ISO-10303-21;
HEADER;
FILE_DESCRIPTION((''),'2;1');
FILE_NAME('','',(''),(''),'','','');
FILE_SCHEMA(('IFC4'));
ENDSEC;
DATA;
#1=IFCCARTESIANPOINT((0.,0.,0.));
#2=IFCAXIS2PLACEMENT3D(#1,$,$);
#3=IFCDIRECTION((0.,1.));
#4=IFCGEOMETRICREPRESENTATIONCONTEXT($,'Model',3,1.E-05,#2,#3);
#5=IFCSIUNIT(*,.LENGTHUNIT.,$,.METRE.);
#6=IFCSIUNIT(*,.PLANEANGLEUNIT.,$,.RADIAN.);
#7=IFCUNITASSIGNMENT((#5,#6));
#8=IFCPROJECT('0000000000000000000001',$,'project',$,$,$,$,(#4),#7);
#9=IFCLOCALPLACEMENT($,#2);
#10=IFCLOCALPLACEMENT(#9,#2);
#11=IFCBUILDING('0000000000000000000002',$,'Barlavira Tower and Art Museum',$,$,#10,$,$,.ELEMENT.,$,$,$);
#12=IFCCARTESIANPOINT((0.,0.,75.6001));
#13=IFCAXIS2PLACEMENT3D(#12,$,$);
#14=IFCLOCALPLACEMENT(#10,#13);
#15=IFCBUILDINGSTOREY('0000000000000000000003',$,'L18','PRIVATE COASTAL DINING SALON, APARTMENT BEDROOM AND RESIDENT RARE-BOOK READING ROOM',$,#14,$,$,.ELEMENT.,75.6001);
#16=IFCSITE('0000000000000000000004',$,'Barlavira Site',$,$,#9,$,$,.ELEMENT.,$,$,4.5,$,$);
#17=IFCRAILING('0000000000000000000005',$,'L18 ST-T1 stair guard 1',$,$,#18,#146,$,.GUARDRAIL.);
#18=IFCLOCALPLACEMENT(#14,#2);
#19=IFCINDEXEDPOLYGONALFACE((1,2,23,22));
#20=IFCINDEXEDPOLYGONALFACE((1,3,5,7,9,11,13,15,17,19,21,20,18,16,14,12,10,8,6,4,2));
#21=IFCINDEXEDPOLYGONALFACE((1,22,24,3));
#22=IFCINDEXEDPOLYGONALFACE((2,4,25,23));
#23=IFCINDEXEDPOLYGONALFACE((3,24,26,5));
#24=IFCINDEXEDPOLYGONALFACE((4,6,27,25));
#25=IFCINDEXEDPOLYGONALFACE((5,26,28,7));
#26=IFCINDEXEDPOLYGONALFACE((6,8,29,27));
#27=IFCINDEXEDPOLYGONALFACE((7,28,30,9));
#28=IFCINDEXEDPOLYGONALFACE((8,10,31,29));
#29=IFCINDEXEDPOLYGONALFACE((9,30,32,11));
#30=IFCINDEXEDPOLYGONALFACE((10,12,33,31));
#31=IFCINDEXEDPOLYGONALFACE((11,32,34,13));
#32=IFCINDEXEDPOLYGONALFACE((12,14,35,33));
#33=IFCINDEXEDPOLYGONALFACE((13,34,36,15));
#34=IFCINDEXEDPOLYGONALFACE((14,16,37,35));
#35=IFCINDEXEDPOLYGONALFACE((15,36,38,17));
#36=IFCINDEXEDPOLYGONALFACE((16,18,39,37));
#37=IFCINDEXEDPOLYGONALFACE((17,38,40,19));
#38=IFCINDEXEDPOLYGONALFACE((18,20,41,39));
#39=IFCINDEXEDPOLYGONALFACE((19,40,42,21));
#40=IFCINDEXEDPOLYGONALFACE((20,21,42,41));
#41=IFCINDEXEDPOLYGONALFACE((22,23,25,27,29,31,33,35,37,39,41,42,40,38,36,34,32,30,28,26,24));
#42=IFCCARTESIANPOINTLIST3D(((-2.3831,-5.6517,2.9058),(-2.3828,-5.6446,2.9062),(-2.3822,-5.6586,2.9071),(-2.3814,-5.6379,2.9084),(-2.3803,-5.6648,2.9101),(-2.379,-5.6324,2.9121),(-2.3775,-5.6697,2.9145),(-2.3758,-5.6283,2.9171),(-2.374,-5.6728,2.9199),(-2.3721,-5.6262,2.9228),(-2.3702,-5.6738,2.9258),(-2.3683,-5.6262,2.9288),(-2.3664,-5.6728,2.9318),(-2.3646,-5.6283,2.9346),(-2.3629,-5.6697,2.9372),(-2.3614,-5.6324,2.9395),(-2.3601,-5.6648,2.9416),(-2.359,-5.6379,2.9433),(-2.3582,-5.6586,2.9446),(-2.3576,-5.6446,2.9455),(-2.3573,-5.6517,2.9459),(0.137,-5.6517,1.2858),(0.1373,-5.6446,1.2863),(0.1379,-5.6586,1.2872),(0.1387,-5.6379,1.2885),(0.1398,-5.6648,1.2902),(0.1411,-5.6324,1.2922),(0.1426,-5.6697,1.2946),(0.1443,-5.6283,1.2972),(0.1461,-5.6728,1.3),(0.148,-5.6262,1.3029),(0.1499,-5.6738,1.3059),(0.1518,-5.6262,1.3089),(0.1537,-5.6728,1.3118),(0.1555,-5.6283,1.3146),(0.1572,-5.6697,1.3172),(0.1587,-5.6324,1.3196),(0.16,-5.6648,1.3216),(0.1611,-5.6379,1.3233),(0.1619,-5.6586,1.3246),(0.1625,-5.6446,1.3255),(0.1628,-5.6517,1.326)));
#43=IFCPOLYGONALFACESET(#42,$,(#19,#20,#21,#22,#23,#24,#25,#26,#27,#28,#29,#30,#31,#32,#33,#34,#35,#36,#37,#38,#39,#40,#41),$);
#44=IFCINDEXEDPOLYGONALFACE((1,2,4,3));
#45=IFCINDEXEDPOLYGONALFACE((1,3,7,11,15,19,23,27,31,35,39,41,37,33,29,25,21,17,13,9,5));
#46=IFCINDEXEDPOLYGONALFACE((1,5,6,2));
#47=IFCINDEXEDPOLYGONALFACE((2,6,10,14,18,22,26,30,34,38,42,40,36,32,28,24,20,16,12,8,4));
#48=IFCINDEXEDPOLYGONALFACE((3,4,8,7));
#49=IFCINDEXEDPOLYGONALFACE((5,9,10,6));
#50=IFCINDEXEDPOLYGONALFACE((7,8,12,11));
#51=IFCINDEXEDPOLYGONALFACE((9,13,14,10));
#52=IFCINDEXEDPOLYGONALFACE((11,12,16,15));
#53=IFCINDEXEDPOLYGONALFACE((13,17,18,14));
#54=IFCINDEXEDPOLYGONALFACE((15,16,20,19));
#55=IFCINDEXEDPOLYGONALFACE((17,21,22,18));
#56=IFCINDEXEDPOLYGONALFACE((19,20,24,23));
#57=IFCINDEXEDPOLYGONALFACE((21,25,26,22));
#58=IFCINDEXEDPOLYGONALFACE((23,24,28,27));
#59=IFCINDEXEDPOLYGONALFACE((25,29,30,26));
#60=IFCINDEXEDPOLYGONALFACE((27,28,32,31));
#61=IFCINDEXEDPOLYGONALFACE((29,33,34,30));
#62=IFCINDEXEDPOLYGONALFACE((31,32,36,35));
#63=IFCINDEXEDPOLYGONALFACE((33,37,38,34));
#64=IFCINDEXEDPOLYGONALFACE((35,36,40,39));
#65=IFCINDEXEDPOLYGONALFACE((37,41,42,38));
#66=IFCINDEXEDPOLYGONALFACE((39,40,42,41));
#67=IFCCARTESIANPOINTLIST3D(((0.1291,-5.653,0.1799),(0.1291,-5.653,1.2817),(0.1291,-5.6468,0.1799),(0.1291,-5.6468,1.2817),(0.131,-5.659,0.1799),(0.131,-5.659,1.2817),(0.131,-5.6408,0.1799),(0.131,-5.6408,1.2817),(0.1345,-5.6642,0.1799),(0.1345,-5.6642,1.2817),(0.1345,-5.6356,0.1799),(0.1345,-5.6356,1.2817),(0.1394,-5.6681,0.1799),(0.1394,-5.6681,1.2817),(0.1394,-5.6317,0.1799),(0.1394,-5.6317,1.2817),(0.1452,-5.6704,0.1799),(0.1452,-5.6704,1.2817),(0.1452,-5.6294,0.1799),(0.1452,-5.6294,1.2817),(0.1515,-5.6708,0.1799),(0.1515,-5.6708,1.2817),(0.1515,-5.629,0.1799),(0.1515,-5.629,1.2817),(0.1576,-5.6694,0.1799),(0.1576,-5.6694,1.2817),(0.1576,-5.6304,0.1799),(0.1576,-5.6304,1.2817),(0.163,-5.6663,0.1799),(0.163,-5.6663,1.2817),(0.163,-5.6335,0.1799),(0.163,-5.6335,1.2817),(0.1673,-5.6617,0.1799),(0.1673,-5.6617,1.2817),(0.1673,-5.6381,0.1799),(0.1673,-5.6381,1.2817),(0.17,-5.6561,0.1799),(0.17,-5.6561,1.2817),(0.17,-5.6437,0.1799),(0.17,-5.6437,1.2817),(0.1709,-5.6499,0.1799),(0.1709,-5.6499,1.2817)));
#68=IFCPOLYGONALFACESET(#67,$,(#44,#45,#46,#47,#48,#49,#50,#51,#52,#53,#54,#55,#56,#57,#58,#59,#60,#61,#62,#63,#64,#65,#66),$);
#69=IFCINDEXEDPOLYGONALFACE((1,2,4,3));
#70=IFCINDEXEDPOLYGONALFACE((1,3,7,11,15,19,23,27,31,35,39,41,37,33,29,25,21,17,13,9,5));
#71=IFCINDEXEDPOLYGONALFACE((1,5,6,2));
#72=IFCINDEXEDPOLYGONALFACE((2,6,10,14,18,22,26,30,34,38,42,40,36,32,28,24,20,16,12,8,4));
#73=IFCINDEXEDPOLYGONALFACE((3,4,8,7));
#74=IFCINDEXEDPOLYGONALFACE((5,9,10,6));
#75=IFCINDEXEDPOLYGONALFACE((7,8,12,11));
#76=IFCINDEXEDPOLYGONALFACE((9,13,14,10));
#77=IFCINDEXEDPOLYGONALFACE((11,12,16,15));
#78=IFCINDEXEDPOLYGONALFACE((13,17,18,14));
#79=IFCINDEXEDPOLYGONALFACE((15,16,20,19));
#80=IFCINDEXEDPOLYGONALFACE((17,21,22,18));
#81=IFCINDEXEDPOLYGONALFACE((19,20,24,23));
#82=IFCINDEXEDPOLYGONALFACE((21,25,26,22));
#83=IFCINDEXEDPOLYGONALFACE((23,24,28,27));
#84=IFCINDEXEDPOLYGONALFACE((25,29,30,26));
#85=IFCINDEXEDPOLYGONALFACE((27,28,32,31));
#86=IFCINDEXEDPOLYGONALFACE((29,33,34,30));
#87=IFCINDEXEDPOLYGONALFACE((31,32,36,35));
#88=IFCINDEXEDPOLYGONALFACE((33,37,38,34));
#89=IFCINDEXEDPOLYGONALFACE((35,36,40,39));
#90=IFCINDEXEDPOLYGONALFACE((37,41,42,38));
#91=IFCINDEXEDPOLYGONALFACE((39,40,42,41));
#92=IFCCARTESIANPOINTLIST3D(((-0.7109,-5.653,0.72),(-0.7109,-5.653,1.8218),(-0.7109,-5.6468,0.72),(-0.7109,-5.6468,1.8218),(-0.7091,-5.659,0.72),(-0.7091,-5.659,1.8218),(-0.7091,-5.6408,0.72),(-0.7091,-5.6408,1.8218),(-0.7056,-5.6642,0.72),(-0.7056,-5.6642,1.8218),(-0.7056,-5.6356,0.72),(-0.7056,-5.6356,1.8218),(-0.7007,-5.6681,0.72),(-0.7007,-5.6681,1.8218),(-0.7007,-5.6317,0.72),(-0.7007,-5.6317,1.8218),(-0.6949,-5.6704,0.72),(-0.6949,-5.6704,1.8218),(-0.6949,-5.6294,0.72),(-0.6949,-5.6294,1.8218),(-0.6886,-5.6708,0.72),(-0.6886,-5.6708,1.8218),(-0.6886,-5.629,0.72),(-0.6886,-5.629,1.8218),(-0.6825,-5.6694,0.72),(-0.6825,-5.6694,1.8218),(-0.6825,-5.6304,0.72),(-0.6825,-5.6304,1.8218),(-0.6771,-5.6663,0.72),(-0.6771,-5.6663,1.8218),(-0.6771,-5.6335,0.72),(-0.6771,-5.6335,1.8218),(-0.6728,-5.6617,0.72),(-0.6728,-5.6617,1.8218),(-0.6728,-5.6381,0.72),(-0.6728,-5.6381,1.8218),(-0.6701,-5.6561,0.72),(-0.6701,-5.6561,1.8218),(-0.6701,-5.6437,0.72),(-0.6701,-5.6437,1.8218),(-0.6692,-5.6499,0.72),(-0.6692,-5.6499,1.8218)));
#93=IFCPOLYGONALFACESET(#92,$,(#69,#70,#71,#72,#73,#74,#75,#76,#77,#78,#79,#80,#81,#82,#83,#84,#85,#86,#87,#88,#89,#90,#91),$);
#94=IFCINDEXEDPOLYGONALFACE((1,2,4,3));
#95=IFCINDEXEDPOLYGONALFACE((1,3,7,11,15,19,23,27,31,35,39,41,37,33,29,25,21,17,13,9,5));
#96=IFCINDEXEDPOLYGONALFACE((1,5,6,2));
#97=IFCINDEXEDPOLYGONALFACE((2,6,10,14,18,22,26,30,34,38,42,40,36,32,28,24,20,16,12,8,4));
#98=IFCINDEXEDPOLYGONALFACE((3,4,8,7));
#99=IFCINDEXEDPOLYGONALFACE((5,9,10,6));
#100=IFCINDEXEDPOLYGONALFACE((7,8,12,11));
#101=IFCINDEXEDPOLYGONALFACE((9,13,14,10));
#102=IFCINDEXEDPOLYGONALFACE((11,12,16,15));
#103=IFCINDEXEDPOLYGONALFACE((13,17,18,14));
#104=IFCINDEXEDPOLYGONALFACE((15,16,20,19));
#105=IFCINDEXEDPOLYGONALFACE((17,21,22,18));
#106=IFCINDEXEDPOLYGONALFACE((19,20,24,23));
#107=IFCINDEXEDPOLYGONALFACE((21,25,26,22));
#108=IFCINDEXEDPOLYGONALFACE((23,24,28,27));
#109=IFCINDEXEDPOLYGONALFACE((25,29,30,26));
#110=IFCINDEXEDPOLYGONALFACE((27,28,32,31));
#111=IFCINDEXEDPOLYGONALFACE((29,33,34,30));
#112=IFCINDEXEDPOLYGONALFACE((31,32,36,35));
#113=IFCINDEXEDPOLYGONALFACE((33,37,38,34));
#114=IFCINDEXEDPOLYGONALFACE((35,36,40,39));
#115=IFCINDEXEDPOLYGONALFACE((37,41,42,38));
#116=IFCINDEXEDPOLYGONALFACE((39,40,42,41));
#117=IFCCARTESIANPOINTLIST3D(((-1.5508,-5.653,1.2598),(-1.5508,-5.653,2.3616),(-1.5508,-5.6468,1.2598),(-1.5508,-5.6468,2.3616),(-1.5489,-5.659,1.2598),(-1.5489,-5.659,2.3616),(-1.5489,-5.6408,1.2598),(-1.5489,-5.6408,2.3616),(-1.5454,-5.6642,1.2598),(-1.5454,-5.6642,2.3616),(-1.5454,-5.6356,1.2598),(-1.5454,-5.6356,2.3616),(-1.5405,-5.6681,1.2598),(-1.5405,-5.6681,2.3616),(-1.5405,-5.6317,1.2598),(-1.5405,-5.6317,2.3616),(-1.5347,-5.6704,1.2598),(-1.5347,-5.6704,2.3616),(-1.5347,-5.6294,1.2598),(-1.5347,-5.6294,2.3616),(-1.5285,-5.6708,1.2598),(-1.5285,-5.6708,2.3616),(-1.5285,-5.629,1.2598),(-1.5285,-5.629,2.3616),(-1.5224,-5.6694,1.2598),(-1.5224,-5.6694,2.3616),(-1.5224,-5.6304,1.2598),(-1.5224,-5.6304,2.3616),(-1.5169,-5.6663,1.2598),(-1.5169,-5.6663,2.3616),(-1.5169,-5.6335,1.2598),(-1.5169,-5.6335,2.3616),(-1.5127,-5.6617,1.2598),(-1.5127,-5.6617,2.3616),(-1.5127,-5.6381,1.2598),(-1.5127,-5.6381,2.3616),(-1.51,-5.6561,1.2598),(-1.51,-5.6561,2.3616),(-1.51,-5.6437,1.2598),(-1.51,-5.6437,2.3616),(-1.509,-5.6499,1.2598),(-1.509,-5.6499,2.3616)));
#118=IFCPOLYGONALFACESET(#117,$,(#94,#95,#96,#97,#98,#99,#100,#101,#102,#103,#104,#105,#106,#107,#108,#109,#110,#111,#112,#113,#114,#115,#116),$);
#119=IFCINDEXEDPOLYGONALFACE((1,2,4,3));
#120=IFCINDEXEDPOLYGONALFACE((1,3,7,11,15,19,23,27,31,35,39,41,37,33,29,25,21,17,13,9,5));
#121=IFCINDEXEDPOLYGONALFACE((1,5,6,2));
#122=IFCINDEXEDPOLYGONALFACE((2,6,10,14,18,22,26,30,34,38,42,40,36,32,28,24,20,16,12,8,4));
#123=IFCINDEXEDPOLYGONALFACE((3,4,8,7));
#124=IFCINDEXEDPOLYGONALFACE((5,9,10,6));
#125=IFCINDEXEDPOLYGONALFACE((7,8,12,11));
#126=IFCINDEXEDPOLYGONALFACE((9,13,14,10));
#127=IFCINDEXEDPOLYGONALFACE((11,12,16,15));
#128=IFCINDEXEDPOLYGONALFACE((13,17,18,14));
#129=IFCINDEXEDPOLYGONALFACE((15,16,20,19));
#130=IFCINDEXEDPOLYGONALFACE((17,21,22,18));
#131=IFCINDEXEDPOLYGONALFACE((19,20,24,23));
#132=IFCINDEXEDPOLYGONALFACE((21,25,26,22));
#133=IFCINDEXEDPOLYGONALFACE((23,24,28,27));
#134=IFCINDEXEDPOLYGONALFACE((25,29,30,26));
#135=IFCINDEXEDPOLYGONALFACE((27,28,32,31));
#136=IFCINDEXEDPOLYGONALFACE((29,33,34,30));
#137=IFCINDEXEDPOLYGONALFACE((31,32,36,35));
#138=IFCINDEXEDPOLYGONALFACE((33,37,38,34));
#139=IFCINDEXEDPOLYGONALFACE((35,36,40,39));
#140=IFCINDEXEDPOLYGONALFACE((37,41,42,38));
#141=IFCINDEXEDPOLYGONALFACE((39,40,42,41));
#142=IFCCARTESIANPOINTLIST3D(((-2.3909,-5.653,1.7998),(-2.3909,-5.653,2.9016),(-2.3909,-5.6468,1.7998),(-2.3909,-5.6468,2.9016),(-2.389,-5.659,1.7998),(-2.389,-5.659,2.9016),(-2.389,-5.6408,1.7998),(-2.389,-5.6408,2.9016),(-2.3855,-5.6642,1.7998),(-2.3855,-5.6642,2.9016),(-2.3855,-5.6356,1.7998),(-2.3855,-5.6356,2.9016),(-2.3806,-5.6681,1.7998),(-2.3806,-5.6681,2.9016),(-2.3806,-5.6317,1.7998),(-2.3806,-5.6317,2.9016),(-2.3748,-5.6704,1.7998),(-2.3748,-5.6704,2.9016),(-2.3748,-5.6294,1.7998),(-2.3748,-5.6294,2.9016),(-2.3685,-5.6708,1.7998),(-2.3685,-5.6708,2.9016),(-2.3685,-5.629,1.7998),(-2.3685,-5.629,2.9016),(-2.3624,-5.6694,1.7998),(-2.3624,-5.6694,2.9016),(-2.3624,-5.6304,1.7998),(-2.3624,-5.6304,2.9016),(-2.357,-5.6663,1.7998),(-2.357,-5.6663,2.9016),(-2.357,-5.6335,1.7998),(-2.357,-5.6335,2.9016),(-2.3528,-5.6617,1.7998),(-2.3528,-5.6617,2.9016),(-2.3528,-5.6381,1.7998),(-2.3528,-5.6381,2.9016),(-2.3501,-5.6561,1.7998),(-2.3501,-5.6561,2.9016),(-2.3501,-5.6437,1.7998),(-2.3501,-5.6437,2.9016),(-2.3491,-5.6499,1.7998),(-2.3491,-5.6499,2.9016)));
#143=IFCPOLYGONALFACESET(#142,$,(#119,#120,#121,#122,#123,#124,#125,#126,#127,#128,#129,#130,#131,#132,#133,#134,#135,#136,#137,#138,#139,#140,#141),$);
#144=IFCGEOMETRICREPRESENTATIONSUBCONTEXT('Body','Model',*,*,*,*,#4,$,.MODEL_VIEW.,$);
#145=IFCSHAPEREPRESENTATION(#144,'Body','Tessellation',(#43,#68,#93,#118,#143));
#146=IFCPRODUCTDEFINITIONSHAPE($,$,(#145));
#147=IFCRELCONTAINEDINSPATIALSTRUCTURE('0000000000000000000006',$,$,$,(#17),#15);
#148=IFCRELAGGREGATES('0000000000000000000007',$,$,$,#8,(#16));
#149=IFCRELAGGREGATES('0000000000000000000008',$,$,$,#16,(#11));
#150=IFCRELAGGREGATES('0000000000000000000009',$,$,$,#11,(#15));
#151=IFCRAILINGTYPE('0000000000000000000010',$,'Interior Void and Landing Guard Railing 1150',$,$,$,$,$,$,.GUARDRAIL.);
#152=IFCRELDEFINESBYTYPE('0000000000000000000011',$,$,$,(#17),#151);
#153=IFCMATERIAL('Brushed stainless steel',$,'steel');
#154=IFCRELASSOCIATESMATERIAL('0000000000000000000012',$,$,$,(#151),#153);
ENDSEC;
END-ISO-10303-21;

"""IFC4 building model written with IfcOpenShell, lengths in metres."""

from ifc_helpers import new_model, si_unit, direction, frame, origin, origin_2d, place, context, subcontext, project, spatial, circle, extrude, material, type_object, element, save


model = new_model("IFC4")

# Units and contexts
model_context = context("Model", 3, precision=1e-05, world=origin(), true_north=direction((0.0, 1.0)))
body_context = subcontext(model_context, "Body", "Model", "MODEL_VIEW")
ifc_project = project(units=[si_unit("LENGTHUNIT", "METRE"), si_unit("PLANEANGLEUNIT", "RADIAN")], contexts=[model_context])

# Site, building, storey
site_placement = place(None, origin())
site = spatial("IfcSite", under=ifc_project, at=site_placement, Name="Barlavira Site", CompositionType="ELEMENT", RefElevation=4.5)
building_placement = place(site_placement, origin())
building = spatial("IfcBuilding", under=site, at=building_placement, Name="Barlavira Tower and Art Museum", CompositionType="ELEMENT")
storey_placement = place(building_placement, frame((0.0, 0.0, 75.6001)))
storey = spatial("IfcBuildingStorey", under=building, at=storey_placement, Name="L18", Description="PRIVATE COASTAL DINING SALON, APARTMENT BEDROOM AND RESIDENT RARE-BOOK READING ROOM", CompositionType="ELEMENT", Elevation=75.6001)

# Shared definitions
ifc_material_1 = material(Name="Brushed stainless steel", Category="steel")

# Railing
railing_type_1 = type_object("IfcRailingType", Name="Interior Void and Landing Guard Railing 1150", PredefinedType="GUARDRAIL", material=ifc_material_1)
railing_1_placement = place(storey_placement, frame((0.1499, -5.6499, 0.1799)))
element("IfcRailing", 1, at=railing_1_placement, inside=storey, type_object=railing_type_1, Name="L18 ST-T1 stair guard 1", PredefinedType="GUARDRAIL", context=body_context, shape_type="SweptSolid", body=[
    extrude(circle(Radius=0.0239, at=origin_2d()), frame((0.0, 0.0, 1.126), z_axis=(-0.8412, 0.0, 0.540725), x_axis=(0.0, -1.0, 0.0)), (0.0, 0.0, 1.0), 2.9958),
    extrude(circle(Radius=0.021, at=origin_2d()), origin(), (0.0, 0.0, 1.0), 1.1018),
    extrude(circle(Radius=0.021, at=origin_2d()), frame((-0.8401, 0.0, 0.54)), (0.0, 0.0, 1.0), 1.1018),
    extrude(circle(Radius=0.021, at=origin_2d()), frame((-1.6799, 0.0, 1.0798)), (0.0, 0.0, 1.0), 1.1018),
    extrude(circle(Radius=0.021, at=origin_2d()), frame((-2.52, 0.0, 1.6199)), (0.0, 0.0, 1.0), 1.1018),
])

save(model, "model.ifc")
